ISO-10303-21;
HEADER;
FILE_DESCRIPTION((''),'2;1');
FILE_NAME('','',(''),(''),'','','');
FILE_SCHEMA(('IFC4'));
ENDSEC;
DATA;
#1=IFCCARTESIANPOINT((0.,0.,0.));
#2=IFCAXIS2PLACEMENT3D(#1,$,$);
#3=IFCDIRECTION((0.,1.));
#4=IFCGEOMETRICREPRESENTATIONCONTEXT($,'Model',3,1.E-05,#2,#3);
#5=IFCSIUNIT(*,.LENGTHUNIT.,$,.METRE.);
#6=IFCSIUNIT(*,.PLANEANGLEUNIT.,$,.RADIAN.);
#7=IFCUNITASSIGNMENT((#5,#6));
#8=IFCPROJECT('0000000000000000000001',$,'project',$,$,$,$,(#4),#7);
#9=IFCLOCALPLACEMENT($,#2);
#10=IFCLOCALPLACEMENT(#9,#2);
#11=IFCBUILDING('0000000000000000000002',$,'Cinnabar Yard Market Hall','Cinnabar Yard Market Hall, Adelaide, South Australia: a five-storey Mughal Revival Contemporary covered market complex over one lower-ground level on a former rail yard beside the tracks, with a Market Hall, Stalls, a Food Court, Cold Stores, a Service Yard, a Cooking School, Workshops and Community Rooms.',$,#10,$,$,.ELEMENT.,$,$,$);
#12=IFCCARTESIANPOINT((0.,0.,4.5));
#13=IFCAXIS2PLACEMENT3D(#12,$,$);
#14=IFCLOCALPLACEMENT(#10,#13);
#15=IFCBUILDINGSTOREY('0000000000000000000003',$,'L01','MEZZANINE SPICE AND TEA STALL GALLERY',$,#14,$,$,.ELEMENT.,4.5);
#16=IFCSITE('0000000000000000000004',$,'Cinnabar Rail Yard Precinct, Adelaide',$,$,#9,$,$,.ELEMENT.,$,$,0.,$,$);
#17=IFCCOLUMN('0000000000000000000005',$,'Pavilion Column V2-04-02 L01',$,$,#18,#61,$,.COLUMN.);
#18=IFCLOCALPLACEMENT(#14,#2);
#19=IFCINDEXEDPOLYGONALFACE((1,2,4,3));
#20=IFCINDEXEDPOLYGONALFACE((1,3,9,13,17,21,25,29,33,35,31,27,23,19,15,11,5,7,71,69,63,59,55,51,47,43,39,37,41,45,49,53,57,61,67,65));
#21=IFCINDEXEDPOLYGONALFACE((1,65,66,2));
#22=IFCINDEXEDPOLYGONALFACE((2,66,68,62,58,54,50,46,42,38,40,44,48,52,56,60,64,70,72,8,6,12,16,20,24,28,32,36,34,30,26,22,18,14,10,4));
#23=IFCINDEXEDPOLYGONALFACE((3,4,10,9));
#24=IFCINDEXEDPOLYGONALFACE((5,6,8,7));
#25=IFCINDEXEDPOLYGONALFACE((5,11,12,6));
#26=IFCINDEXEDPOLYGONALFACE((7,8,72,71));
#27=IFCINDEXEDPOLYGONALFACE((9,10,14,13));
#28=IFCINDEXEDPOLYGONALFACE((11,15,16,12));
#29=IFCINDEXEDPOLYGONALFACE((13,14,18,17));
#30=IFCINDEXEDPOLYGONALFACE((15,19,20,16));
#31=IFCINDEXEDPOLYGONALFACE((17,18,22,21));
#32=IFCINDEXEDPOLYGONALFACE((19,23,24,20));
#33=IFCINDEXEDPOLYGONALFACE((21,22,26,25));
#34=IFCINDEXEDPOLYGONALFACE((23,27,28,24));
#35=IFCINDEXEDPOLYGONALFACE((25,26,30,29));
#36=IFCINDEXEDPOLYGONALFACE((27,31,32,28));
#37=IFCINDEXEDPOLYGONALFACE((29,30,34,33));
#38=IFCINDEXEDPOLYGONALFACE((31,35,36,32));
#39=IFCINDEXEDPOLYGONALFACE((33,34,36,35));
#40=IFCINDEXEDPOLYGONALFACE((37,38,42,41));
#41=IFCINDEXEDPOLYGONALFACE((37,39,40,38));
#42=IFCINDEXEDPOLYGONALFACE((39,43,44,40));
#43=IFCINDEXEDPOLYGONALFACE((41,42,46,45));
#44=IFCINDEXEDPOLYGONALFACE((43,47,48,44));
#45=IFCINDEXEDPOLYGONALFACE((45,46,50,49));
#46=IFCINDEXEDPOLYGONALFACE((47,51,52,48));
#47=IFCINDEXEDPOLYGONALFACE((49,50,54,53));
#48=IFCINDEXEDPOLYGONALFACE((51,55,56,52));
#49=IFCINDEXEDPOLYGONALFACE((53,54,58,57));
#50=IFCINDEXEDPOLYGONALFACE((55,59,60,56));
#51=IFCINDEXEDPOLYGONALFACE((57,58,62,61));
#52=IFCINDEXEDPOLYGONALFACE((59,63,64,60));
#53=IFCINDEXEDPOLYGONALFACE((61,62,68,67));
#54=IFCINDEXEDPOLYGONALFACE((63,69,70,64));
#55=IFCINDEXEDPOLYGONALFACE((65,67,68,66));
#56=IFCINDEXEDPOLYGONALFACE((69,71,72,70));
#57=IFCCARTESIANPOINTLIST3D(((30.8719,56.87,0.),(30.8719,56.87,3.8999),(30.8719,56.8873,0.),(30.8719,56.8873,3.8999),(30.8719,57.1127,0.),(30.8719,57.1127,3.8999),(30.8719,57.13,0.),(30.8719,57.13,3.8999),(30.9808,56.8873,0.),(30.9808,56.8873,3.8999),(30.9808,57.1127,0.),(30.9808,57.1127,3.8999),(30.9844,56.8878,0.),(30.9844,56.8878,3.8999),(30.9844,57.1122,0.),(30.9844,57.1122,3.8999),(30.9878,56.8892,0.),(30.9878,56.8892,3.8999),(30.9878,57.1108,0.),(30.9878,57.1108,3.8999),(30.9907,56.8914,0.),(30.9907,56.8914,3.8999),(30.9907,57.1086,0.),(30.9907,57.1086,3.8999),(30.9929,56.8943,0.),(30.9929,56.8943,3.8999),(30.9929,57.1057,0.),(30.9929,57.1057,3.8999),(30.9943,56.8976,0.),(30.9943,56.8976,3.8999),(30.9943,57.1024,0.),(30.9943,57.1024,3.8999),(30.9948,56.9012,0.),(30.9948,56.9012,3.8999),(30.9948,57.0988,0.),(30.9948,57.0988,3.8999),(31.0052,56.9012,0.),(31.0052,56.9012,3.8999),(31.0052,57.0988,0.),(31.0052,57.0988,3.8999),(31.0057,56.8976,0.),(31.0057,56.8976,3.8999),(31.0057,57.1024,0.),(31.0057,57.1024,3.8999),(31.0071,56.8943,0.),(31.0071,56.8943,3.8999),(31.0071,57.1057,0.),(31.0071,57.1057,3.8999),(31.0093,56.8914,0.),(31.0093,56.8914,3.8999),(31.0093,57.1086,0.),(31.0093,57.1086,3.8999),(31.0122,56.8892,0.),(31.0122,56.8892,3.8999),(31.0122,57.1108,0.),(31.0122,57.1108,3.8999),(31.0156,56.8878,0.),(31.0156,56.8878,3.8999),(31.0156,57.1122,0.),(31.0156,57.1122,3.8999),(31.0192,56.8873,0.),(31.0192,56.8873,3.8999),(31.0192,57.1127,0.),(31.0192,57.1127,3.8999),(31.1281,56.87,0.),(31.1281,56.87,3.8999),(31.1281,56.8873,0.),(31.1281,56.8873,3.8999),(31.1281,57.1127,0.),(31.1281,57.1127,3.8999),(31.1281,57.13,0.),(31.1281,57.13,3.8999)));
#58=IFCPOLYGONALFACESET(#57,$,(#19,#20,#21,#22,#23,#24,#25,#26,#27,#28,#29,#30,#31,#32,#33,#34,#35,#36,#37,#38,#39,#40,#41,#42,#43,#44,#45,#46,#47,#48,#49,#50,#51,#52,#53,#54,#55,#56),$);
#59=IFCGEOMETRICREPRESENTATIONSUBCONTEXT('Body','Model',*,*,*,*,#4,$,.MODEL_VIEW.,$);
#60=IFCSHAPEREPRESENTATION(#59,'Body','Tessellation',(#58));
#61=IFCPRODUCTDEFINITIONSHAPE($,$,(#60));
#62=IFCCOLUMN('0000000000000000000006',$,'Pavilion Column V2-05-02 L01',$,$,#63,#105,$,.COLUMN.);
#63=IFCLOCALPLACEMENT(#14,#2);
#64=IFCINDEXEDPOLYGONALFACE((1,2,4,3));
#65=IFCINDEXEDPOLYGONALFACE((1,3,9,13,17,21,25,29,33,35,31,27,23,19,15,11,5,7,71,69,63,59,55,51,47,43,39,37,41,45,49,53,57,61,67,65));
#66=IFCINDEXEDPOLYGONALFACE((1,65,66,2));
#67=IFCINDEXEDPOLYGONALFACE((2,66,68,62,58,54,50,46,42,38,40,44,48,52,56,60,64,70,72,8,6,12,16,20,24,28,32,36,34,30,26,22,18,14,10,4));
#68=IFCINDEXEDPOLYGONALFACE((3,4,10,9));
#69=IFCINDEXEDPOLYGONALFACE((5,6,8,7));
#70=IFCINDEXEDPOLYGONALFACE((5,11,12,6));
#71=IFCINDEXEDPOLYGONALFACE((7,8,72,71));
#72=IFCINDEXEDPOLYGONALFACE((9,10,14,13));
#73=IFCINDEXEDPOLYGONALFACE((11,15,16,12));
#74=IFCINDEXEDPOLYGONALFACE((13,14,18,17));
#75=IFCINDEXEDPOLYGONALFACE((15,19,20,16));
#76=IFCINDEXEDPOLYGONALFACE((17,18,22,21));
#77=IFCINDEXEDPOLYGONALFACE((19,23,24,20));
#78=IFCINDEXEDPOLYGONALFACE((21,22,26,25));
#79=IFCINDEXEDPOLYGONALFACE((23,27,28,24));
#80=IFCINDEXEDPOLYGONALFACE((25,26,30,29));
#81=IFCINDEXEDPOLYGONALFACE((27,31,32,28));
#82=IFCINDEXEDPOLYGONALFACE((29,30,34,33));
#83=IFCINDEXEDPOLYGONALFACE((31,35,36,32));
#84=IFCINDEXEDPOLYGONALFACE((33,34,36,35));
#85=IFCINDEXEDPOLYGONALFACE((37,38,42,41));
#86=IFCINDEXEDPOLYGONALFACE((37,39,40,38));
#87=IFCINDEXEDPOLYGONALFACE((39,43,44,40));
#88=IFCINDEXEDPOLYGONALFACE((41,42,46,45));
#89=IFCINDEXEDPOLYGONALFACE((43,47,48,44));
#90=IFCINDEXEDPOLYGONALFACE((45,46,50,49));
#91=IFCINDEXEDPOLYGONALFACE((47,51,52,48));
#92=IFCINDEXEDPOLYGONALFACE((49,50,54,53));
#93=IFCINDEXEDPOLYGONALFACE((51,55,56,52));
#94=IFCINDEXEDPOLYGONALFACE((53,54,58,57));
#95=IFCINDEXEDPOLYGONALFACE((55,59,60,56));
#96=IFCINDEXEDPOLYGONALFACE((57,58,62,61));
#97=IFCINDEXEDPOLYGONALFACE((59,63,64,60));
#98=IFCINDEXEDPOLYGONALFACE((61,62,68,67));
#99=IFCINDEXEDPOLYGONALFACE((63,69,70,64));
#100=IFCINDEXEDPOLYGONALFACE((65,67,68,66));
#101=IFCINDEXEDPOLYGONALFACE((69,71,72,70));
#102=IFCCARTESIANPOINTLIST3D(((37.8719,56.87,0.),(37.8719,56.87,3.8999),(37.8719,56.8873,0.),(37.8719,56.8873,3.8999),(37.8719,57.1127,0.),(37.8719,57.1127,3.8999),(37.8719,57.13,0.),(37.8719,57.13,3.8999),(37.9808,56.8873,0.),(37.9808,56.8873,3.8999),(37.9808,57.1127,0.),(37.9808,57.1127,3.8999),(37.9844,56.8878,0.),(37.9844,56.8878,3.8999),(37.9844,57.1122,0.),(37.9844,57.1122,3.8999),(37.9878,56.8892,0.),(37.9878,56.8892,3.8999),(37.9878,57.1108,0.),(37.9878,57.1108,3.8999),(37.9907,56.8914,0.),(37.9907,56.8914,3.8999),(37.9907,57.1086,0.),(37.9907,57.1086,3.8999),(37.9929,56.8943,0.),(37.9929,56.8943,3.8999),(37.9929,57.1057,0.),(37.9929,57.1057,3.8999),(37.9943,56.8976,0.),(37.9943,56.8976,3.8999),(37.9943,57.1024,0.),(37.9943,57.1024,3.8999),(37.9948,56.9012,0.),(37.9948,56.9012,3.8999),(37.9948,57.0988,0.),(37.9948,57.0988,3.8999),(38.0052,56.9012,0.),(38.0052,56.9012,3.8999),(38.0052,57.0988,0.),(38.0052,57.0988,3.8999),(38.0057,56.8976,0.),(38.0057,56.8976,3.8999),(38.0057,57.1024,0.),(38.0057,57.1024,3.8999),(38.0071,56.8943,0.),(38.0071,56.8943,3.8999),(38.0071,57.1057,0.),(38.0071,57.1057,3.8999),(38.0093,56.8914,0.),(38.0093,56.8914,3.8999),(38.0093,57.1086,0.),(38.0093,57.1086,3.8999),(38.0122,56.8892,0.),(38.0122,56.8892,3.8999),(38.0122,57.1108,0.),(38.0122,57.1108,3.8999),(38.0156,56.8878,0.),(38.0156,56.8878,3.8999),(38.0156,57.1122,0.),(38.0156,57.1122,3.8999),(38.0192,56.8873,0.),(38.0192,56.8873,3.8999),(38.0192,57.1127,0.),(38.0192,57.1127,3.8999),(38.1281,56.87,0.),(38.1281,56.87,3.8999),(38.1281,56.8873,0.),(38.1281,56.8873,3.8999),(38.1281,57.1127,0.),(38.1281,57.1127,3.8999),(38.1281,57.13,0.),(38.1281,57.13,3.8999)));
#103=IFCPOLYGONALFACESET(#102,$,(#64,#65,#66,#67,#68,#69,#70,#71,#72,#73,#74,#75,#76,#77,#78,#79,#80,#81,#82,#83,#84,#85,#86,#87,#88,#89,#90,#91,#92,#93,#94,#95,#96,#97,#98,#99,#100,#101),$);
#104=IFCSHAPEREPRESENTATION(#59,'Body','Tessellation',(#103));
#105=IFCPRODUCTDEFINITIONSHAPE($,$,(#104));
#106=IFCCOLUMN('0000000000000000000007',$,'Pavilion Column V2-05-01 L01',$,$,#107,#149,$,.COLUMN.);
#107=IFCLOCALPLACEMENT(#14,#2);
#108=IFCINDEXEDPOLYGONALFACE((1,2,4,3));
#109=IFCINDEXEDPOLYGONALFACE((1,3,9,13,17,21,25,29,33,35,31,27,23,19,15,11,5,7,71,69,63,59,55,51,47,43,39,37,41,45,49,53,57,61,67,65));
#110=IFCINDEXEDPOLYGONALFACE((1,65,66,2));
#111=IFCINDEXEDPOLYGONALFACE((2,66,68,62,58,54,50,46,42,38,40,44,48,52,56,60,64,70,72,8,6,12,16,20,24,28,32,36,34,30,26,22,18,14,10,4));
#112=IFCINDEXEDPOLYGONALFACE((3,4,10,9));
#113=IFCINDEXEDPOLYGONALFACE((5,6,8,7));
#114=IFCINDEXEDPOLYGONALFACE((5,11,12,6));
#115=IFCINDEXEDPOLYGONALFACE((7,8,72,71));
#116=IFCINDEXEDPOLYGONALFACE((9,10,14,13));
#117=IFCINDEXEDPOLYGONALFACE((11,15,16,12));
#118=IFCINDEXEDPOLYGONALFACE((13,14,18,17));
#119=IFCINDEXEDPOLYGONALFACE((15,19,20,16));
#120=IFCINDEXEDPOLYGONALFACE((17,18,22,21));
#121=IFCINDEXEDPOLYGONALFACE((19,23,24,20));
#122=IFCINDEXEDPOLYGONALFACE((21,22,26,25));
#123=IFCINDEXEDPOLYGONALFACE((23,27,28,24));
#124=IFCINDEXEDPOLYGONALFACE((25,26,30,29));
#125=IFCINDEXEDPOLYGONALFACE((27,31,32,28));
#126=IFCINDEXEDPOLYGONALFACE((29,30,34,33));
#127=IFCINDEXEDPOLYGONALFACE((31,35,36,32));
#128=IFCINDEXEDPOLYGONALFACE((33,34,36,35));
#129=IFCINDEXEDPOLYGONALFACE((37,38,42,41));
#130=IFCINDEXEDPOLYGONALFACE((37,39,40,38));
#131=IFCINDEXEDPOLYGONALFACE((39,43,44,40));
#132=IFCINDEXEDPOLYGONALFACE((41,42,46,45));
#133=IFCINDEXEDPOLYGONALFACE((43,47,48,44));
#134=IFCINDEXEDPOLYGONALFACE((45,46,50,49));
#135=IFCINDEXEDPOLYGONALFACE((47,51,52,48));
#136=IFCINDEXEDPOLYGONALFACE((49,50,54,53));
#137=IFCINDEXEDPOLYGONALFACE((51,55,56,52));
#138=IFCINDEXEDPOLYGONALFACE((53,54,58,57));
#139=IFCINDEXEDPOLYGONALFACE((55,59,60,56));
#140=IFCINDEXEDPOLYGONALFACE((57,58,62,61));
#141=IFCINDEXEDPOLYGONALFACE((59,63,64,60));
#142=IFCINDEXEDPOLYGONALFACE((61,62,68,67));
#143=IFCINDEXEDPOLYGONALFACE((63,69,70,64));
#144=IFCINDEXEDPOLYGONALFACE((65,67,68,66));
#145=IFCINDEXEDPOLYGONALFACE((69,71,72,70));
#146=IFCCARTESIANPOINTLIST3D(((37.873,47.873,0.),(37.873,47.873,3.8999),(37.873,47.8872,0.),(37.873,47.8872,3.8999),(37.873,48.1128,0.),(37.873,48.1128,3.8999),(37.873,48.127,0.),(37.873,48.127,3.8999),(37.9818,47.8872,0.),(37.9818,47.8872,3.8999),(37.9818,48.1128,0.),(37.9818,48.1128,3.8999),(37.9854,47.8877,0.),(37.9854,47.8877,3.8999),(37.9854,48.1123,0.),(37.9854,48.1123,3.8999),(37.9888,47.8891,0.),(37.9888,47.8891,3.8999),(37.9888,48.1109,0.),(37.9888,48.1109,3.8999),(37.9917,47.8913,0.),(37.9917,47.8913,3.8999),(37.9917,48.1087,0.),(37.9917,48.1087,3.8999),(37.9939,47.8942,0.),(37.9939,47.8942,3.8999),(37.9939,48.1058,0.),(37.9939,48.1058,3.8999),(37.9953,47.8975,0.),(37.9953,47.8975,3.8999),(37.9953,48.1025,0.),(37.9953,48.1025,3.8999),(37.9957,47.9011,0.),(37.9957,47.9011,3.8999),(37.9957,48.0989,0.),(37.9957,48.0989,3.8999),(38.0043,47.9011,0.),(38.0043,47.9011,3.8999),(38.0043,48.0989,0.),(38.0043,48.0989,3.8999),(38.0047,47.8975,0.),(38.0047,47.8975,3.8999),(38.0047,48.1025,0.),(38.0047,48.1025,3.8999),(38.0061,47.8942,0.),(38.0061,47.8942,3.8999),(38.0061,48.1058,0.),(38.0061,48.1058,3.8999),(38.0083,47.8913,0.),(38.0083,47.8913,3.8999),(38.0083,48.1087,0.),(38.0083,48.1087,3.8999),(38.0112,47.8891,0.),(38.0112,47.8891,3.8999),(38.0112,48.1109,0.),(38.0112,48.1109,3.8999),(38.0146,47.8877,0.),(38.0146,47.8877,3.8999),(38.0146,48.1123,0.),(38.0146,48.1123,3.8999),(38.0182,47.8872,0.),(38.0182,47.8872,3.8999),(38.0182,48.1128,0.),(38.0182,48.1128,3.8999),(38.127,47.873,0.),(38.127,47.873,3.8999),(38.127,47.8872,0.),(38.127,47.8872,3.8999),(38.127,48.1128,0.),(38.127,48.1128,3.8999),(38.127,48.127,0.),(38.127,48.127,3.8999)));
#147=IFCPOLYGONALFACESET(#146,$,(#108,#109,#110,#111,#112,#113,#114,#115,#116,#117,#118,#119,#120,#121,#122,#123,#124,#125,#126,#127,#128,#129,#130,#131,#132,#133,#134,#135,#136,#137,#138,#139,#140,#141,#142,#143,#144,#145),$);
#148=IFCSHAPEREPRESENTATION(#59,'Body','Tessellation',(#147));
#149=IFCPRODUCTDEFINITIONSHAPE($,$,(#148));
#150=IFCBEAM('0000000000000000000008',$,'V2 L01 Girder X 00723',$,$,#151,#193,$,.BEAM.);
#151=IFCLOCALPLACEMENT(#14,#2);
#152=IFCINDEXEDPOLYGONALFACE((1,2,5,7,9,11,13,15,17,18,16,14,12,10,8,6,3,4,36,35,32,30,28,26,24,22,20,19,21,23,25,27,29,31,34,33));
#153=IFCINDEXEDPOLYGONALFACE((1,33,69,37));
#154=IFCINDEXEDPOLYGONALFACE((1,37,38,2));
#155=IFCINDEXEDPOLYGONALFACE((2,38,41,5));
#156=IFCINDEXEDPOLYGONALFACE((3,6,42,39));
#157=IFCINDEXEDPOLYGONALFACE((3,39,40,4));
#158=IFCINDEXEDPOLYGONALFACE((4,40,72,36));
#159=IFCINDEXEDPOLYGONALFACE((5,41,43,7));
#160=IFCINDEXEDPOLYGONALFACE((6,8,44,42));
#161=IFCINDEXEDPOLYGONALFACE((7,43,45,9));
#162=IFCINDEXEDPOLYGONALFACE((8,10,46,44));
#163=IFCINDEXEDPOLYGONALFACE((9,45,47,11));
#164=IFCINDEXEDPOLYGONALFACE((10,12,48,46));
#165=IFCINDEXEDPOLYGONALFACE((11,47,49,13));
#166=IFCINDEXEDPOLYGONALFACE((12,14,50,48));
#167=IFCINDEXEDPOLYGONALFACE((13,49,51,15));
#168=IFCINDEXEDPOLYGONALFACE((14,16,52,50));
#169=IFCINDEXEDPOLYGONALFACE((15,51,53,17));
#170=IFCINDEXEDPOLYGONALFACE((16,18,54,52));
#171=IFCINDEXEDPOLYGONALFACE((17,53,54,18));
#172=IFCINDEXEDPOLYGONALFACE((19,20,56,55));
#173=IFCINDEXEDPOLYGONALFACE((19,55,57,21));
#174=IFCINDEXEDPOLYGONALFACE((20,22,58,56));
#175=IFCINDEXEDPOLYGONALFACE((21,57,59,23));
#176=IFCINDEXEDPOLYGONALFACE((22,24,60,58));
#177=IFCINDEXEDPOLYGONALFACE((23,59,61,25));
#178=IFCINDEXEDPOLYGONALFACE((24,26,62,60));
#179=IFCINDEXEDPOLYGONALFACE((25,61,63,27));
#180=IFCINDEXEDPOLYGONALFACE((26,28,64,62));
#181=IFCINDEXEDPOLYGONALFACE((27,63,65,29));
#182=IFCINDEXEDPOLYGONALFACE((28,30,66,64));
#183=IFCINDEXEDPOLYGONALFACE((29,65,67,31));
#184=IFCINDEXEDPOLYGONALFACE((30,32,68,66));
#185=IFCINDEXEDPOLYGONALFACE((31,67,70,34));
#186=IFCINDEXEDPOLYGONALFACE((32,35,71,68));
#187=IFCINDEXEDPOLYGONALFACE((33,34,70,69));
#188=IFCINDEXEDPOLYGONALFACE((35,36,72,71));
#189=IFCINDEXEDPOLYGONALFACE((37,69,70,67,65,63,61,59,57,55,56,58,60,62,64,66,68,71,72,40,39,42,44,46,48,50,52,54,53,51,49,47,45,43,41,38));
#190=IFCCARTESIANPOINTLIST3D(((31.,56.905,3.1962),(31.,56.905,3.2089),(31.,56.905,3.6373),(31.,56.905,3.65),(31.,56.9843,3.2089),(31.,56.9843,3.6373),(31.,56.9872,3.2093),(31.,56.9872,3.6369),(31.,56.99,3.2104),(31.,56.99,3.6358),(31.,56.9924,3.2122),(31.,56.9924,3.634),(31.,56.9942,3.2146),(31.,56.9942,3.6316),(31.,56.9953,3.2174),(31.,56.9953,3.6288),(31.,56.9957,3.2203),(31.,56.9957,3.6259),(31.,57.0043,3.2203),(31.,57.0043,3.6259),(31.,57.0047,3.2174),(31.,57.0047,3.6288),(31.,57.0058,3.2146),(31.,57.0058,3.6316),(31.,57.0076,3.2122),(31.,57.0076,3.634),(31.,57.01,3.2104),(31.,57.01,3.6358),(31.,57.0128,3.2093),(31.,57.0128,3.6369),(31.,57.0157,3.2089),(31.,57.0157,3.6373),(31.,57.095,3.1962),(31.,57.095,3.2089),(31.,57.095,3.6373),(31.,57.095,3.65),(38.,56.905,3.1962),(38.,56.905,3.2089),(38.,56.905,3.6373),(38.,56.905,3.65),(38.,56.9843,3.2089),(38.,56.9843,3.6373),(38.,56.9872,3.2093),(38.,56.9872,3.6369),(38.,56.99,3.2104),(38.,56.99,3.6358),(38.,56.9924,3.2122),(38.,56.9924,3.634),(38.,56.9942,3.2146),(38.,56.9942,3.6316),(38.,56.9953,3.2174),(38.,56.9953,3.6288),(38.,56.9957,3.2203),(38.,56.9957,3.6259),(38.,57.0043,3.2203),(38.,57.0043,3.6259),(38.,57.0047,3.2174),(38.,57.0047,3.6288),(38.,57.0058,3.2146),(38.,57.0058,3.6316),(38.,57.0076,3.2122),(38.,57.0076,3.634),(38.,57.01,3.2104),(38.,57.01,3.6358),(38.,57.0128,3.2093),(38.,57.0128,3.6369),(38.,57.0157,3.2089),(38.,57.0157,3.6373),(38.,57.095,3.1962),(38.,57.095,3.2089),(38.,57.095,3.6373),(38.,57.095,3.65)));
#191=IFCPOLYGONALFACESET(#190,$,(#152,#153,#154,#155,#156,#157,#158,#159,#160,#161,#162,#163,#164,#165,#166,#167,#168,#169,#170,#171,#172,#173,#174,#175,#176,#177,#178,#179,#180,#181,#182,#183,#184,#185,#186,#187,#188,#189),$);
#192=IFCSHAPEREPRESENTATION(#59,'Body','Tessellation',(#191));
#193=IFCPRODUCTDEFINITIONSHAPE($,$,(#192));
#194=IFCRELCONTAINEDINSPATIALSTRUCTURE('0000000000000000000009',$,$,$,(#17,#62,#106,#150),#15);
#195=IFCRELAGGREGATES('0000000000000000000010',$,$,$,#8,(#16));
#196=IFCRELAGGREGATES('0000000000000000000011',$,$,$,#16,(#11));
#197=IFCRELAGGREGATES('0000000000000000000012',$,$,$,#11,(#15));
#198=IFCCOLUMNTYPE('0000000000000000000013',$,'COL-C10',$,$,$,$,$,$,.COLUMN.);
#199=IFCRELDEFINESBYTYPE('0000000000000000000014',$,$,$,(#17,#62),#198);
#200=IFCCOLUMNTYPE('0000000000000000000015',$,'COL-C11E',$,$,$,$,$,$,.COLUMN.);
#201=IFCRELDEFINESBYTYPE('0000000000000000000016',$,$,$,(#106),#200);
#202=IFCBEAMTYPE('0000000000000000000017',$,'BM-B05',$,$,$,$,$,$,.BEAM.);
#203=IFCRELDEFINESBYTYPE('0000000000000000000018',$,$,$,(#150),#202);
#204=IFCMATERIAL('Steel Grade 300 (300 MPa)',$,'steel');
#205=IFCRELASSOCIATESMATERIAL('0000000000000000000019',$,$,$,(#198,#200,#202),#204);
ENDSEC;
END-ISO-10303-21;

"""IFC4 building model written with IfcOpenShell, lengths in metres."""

from ifc_helpers import new_model, si_unit, direction, frame, origin, origin_2d_with_axis, place, context, subcontext, project, spatial, i_section, extrude, material, material_profile, profile_set, type_object, element, save


model = new_model("IFC4")

# Units and contexts
model_context = context("Model", 3, precision=1e-05, world=origin(), true_north=direction((0.0, 1.0)))
body_context = subcontext(model_context, "Body", "Model", "MODEL_VIEW")
ifc_project = project(units=[si_unit("LENGTHUNIT", "METRE"), si_unit("PLANEANGLEUNIT", "RADIAN")], contexts=[model_context])

# Site, building, storey
site_placement = place(None, origin())
site = spatial("IfcSite", under=ifc_project, at=site_placement, Name="Cinnabar Rail Yard Precinct, Adelaide", CompositionType="ELEMENT", RefElevation=0.0)
building_placement = place(site_placement, origin())
building = spatial("IfcBuilding", under=site, at=building_placement, Name="Cinnabar Yard Market Hall", Description="Cinnabar Yard Market Hall, Adelaide, South Australia: a five-storey Mughal Revival Contemporary covered market complex over one lower-ground level on a former rail yard beside the tracks, with a Market Hall, Stalls, a Food Court, Cold Stores, a Service Yard, a Cooking School, Workshops and Community Rooms.", CompositionType="ELEMENT")
storey_placement = place(building_placement, frame((0.0, 0.0, 4.5)))
storey = spatial("IfcBuildingStorey", under=building, at=storey_placement, Name="L01", Description="MEZZANINE SPICE AND TEA STALL GALLERY", CompositionType="ELEMENT", Elevation=4.5)

# Columns
ifc_material_1 = material(Name="Steel Grade 300 (300 MPa)", Category="steel")
ifc_material_profile_1 = material_profile(ifc_material_1, i_section(OverallWidth=0.2561, OverallDepth=0.26, WebThickness=0.0105, FlangeThickness=0.0173, FilletRadius=0.0139, at=origin_2d_with_axis()), Name="250UC89.5")
ifc_profile_set_1 = profile_set([ifc_material_profile_1], Name="Steel Grade 300 (300 MPa)")
column_type_1 = type_object("IfcColumnType", Name="COL-C10", PredefinedType="COLUMN", material=ifc_profile_set_1)
for number, where, z_axis, x_axis, name in (
    (1, (31.0, 57.0, 0.0), (0.0, 0.0, 1.0), (1.0, 0.0, 0.0), "Pavilion Column V2-04-02 L01"),
    (2, (38.0, 57.0, 0.0), (0.0, 0.0, 1.0), (1.0, 0.0, 0.0), "Pavilion Column V2-05-02 L01"),
):
    element("IfcColumn", number, at=place(storey_placement, frame(where, z_axis=z_axis, x_axis=x_axis)), inside=storey, type_object=column_type_1, Name=name, PredefinedType="COLUMN", context=body_context, shape_type="SweptSolid", body=[
        extrude(i_section(OverallWidth=0.2561, OverallDepth=0.26, WebThickness=0.0105, FlangeThickness=0.0173, FilletRadius=0.0139, at=origin_2d_with_axis()), origin(), (0.0, 0.0, 1.0), 3.8999),
    ])
ifc_material_profile_2 = material_profile(ifc_material_1, i_section(OverallWidth=0.2539, OverallDepth=0.2539, WebThickness=0.0085, FlangeThickness=0.0142, FilletRadius=0.0139, at=origin_2d_with_axis()), Name="250UC72.9")
ifc_profile_set_2 = profile_set([ifc_material_profile_2], Name="Steel Grade 300 (300 MPa)")
column_type_2 = type_object("IfcColumnType", Name="COL-C11E", PredefinedType="COLUMN", material=ifc_profile_set_2)
column_placement = place(storey_placement, frame((38.0, 48.0, 0.0), z_axis=(0.0, 0.0, 1.0), x_axis=(1.0, 0.0, 0.0)))
element("IfcColumn", 3, at=column_placement, inside=storey, type_object=column_type_2, Name="Pavilion Column V2-05-01 L01", PredefinedType="COLUMN", context=body_context, shape_type="SweptSolid", body=[
    extrude(i_section(OverallWidth=0.2539, OverallDepth=0.2539, WebThickness=0.0085, FlangeThickness=0.0142, FilletRadius=0.0139, at=origin_2d_with_axis()), origin(), (0.0, 0.0, 1.0), 3.8999),
])

# Beam
ifc_material_profile_3 = material_profile(ifc_material_1, i_section(OverallWidth=0.1899, OverallDepth=0.4539, WebThickness=0.0085, FlangeThickness=0.0127, FilletRadius=0.0115, at=origin_2d_with_axis()), Name="460UB67.1")
ifc_profile_set_3 = profile_set([ifc_material_profile_3], Name="Steel Grade 300 (300 MPa)")
beam_type_1 = type_object("IfcBeamType", Name="BM-B05", PredefinedType="BEAM", material=ifc_profile_set_3)
beam_1_placement = place(storey_placement, frame((31.0, 57.0, 3.4231), z_axis=(1.0, 0.0, 0.0), x_axis=(0.0, 1.0, 0.0)))
element("IfcBeam", 4, at=beam_1_placement, inside=storey, type_object=beam_type_1, Name="V2 L01 Girder X 00723", PredefinedType="BEAM", context=body_context, shape_type="SweptSolid", body=[
    extrude(i_section(OverallWidth=0.1899, OverallDepth=0.4539, WebThickness=0.0085, FlangeThickness=0.0127, FilletRadius=0.0115, at=origin_2d_with_axis()), origin(), (0.0, 0.0, 1.0), 7.0),
])

save(model, "model.ifc")
